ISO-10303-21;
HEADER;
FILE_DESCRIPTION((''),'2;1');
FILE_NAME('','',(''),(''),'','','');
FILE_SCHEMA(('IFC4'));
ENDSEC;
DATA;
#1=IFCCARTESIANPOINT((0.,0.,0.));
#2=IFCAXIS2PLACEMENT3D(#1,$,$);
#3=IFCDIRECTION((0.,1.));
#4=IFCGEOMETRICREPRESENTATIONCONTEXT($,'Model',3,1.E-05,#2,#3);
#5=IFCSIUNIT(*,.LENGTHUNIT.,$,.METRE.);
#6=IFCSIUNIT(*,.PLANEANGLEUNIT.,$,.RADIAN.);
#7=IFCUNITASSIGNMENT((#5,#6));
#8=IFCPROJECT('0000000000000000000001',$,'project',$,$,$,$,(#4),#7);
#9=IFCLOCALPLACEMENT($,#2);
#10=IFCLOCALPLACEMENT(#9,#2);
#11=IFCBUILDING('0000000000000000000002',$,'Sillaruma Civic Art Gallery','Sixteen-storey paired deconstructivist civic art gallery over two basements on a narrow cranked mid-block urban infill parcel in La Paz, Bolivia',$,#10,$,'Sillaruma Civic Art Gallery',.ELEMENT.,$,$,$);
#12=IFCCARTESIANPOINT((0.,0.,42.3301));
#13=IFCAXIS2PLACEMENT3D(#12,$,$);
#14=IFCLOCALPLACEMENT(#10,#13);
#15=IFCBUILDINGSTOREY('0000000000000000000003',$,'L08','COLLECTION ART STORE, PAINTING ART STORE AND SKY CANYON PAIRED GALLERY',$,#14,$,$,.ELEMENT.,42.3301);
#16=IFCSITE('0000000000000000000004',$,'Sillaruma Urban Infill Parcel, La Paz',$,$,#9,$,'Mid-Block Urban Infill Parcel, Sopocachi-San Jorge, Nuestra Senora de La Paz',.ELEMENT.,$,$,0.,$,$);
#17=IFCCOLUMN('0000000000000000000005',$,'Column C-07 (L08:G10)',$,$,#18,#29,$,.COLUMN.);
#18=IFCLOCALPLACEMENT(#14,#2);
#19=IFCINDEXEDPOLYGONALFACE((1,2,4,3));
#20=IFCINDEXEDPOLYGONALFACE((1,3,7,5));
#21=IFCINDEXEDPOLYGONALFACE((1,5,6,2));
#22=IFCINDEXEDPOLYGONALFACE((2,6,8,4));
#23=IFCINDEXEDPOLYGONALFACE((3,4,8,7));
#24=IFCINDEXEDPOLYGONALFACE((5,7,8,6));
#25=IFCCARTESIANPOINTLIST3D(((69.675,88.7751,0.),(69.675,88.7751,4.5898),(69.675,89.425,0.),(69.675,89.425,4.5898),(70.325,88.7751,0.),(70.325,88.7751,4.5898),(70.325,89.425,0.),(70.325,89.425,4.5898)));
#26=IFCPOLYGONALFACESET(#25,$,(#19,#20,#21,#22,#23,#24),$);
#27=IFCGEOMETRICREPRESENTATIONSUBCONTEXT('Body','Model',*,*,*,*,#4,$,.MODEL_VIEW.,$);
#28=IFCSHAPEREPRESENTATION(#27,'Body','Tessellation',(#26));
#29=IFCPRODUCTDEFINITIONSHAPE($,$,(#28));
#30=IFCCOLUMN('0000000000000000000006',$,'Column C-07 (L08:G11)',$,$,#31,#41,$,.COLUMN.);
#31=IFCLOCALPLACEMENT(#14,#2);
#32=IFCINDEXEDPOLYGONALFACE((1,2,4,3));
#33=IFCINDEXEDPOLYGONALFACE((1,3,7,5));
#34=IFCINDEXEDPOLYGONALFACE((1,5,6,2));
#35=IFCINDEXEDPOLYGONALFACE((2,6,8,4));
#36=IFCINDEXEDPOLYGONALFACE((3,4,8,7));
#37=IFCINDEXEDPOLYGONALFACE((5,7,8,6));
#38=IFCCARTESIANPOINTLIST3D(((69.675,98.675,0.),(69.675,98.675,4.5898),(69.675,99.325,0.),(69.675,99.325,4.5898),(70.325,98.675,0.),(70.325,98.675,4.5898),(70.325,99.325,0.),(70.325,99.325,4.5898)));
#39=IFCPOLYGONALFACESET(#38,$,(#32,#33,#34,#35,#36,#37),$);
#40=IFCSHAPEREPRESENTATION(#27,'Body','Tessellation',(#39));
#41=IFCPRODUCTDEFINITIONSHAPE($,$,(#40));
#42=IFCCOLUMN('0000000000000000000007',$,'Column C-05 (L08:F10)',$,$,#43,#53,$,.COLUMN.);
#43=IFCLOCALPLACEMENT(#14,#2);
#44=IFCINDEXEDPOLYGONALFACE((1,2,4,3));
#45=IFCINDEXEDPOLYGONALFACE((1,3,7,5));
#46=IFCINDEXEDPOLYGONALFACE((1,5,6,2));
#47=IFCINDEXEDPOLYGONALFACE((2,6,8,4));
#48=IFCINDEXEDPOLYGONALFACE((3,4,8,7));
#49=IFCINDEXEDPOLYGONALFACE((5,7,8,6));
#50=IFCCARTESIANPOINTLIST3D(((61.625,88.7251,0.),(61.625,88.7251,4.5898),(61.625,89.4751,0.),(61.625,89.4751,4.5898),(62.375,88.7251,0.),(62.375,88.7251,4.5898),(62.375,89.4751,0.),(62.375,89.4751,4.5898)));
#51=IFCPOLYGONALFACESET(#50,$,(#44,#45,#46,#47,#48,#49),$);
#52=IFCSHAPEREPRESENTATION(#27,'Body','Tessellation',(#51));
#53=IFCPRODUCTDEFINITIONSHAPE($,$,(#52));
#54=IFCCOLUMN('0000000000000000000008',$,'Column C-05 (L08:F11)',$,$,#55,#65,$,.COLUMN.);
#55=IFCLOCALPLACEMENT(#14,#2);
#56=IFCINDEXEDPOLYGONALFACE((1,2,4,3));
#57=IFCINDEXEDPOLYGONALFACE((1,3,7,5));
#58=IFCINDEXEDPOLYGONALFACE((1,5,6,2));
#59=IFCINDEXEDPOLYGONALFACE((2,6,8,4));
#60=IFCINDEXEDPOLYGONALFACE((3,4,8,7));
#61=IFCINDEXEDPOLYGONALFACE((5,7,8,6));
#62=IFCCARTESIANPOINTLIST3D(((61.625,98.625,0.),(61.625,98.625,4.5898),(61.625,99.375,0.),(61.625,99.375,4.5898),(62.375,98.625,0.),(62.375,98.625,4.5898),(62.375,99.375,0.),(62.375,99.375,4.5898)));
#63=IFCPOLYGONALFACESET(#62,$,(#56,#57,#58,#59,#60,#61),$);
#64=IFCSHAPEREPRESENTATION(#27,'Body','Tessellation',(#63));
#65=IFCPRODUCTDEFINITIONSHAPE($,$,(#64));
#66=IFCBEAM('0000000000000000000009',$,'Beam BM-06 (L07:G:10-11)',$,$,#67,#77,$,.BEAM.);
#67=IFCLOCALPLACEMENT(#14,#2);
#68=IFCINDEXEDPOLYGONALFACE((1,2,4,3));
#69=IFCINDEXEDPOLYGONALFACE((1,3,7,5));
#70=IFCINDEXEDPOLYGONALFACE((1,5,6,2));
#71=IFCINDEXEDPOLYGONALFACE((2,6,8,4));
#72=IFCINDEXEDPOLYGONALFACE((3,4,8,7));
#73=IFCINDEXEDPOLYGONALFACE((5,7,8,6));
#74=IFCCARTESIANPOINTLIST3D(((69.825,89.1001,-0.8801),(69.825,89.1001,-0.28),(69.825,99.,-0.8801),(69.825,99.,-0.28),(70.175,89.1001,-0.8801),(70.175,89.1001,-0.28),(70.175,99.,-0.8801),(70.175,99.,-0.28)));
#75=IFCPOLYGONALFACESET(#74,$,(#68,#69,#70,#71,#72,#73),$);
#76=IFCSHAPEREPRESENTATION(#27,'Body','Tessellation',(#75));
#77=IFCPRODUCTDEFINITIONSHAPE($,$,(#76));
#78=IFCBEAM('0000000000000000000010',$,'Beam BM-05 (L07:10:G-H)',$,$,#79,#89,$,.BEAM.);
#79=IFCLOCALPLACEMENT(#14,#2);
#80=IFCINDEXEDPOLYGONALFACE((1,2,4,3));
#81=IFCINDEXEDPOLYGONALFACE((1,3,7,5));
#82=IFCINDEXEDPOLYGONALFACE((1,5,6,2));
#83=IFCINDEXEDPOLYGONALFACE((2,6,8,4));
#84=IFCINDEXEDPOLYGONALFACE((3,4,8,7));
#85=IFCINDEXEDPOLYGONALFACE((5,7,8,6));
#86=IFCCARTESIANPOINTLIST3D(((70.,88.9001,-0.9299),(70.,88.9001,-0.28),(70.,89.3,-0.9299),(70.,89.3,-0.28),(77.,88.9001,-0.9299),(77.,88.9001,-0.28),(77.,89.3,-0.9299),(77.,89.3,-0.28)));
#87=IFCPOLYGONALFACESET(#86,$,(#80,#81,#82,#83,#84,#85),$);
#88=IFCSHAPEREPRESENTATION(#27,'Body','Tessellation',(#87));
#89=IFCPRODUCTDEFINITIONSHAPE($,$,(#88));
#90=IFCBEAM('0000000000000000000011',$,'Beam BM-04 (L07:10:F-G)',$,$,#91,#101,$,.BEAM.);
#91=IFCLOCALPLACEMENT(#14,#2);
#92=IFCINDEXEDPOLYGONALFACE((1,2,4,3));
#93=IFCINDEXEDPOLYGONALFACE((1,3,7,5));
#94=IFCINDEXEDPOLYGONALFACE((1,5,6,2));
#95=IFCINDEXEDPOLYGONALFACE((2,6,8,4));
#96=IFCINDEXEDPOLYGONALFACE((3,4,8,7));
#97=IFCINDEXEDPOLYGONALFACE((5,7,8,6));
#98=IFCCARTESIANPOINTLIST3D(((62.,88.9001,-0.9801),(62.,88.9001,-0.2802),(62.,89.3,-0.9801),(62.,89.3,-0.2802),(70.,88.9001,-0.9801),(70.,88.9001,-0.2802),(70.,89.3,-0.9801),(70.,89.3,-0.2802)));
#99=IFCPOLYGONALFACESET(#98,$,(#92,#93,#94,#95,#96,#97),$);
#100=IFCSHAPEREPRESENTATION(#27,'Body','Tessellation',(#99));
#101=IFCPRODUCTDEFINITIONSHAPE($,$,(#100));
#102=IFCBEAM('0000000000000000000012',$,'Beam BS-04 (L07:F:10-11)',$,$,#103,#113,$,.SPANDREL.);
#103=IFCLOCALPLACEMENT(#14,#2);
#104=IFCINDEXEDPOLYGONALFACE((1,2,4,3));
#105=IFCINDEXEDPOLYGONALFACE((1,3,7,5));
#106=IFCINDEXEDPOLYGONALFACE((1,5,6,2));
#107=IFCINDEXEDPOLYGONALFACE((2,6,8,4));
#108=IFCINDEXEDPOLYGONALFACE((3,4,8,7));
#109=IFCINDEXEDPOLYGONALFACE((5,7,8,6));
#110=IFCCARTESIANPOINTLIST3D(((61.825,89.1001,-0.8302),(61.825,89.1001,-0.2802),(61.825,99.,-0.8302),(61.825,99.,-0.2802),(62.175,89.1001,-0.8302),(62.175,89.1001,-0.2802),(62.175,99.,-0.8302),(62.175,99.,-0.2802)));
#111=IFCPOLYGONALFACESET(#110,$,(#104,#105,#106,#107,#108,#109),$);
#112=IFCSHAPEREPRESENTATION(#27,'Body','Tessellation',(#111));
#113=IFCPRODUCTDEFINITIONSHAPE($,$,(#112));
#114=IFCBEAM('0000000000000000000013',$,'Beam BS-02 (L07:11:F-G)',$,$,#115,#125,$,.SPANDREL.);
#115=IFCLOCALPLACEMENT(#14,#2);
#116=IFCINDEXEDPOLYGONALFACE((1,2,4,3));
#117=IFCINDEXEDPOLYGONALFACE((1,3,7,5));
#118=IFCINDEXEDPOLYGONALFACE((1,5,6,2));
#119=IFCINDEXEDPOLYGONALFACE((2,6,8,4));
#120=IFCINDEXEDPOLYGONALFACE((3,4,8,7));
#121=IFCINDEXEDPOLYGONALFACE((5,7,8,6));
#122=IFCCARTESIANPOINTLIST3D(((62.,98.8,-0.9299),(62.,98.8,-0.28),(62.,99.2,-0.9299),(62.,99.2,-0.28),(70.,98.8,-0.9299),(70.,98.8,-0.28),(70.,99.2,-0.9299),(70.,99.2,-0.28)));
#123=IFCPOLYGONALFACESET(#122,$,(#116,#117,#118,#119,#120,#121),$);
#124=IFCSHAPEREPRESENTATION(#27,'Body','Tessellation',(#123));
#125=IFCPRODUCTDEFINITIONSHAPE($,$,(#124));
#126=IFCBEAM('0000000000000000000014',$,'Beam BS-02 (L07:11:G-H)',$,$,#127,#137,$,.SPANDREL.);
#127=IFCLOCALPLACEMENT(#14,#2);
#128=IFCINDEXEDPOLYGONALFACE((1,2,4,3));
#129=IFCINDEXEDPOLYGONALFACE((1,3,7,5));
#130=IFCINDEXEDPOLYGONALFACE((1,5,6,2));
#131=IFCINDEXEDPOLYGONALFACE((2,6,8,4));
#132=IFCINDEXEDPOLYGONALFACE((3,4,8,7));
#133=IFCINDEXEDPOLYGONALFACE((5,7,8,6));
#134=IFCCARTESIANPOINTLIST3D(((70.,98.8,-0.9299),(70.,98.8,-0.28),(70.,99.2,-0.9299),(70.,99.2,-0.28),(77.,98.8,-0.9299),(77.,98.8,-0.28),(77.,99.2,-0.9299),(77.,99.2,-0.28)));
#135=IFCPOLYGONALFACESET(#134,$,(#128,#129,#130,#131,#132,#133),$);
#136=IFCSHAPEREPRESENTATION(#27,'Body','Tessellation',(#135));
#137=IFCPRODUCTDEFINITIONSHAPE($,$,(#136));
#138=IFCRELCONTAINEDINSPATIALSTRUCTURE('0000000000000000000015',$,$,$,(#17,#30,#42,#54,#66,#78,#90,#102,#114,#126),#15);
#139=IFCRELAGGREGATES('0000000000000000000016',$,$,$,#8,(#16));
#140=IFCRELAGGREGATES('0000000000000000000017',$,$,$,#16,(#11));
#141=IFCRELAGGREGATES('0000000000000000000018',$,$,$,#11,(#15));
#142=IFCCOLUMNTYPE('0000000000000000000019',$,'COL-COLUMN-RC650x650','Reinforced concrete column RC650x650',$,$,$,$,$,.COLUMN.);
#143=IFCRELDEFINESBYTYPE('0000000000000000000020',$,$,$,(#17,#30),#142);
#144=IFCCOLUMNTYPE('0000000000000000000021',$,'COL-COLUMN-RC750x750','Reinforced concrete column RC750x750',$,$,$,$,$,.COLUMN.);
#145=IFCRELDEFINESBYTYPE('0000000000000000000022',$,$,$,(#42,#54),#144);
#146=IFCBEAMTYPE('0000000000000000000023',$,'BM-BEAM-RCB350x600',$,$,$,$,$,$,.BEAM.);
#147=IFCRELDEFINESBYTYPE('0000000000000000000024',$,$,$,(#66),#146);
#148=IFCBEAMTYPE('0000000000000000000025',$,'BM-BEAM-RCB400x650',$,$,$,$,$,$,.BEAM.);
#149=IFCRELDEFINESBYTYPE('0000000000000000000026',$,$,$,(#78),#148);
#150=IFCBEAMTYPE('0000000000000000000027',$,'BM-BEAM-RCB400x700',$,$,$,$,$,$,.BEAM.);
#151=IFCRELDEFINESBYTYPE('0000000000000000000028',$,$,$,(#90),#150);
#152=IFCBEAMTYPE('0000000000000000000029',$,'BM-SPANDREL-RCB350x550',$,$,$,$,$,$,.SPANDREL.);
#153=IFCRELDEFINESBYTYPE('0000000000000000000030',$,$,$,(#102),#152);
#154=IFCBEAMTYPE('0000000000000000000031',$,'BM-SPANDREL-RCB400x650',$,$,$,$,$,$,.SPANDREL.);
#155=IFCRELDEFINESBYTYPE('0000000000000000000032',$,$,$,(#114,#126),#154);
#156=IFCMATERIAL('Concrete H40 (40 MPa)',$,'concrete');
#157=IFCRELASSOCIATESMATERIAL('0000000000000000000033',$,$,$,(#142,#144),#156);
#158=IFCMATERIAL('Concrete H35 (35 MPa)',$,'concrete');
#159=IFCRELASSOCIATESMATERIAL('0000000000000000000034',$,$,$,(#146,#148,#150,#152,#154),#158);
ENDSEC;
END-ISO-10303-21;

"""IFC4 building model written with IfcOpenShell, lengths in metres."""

from ifc_helpers import new_model, si_unit, direction, frame, origin, origin_2d, place, context, subcontext, project, spatial, rectangle, extrude, material, material_profile, profile_set, type_object, element, save


model = new_model("IFC4")

# Units and contexts
model_context = context("Model", 3, precision=1e-05, world=origin(), true_north=direction((0.0, 1.0)))
body_context = subcontext(model_context, "Body", "Model", "MODEL_VIEW")
ifc_project = project(units=[si_unit("LENGTHUNIT", "METRE"), si_unit("PLANEANGLEUNIT", "RADIAN")], contexts=[model_context])

# Site, building, storey
site_placement = place(None, origin())
site = spatial("IfcSite", under=ifc_project, at=site_placement, Name="Sillaruma Urban Infill Parcel, La Paz", LongName="Mid-Block Urban Infill Parcel, Sopocachi-San Jorge, Nuestra Senora de La Paz", CompositionType="ELEMENT", RefElevation=0.0)
building_placement = place(site_placement, origin())
building = spatial("IfcBuilding", under=site, at=building_placement, Name="Sillaruma Civic Art Gallery", Description="Sixteen-storey paired deconstructivist civic art gallery over two basements on a narrow cranked mid-block urban infill parcel in La Paz, Bolivia", LongName="Sillaruma Civic Art Gallery", CompositionType="ELEMENT")
storey_placement = place(building_placement, frame((0.0, 0.0, 42.3301)))
storey = spatial("IfcBuildingStorey", under=building, at=storey_placement, Name="L08", Description="COLLECTION ART STORE, PAINTING ART STORE AND SKY CANYON PAIRED GALLERY", CompositionType="ELEMENT", Elevation=42.3301)

# Columns
ifc_material_1 = material(Name="Concrete H40 (40 MPa)", Category="concrete")
ifc_material_profile_1 = material_profile(ifc_material_1, rectangle(XDim=0.6499, YDim=0.6499, at=origin_2d()), Name="RC650x650")
ifc_profile_set_1 = profile_set([ifc_material_profile_1], Name="Concrete H40 (40 MPa)")
column_type_1 = type_object("IfcColumnType", Name="COL-COLUMN-RC650x650", Description="Reinforced concrete column RC650x650", PredefinedType="COLUMN", material=ifc_profile_set_1)
for number, where, z_axis, x_axis, name in (
    (1, (70.0, 89.1001, 0.0), (0.0, 0.0, 1.0), (1.0, 0.0, 0.0), "Column C-07 (L08:G10)"),
    (2, (70.0, 99.0, 0.0), (0.0, 0.0, 1.0), (1.0, 0.0, 0.0), "Column C-07 (L08:G11)"),
):
    element("IfcColumn", number, at=place(storey_placement, frame(where, z_axis=z_axis, x_axis=x_axis)), inside=storey, type_object=column_type_1, Name=name, PredefinedType="COLUMN", context=body_context, shape_type="SweptSolid", body=[
        extrude(rectangle(XDim=0.6499, YDim=0.6499, at=origin_2d()), origin(), (0.0, 0.0, 1.0), 4.5898),
    ])
ifc_material_profile_2 = material_profile(ifc_material_1, rectangle(XDim=0.75, YDim=0.75, at=origin_2d()), Name="RC750x750")
ifc_profile_set_2 = profile_set([ifc_material_profile_2], Name="Concrete H40 (40 MPa)")
column_type_2 = type_object("IfcColumnType", Name="COL-COLUMN-RC750x750", Description="Reinforced concrete column RC750x750", PredefinedType="COLUMN", material=ifc_profile_set_2)
for number, where, z_axis, x_axis, name in (
    (3, (62.0, 89.1001, 0.0), (0.0, 0.0, 1.0), (1.0, 0.0, 0.0), "Column C-05 (L08:F10)"),
    (4, (62.0, 99.0, 0.0), (0.0, 0.0, 1.0), (1.0, 0.0, 0.0), "Column C-05 (L08:F11)"),
):
    element("IfcColumn", number, at=place(storey_placement, frame(where, z_axis=z_axis, x_axis=x_axis)), inside=storey, type_object=column_type_2, Name=name, PredefinedType="COLUMN", context=body_context, shape_type="SweptSolid", body=[
        extrude(rectangle(XDim=0.75, YDim=0.75, at=origin_2d()), origin(), (0.0, 0.0, 1.0), 4.5898),
    ])

# Beams
ifc_material_2 = material(Name="Concrete H35 (35 MPa)", Category="concrete")
ifc_material_profile_3 = material_profile(ifc_material_2, rectangle(XDim=0.3501, YDim=0.6001, at=origin_2d()), Name="RCB350x600")
ifc_profile_set_3 = profile_set([ifc_material_profile_3], Name="Concrete H35 (35 MPa)")
beam_type_1 = type_object("IfcBeamType", Name="BM-BEAM-RCB350x600", PredefinedType="BEAM", material=ifc_profile_set_3)
beam_1_placement = place(storey_placement, frame((70.0, 89.1001, -0.5801), z_axis=(0.0, 1.0, 0.0), x_axis=(-1.0, 0.0, 0.0)))
element("IfcBeam", 5, at=beam_1_placement, inside=storey, type_object=beam_type_1, Name="Beam BM-06 (L07:G:10-11)", PredefinedType="BEAM", context=body_context, shape_type="SweptSolid", body=[
    extrude(rectangle(XDim=0.3501, YDim=0.6001, at=origin_2d()), origin(), (0.0, 0.0, 1.0), 9.8999),
])
ifc_material_profile_4 = material_profile(ifc_material_2, rectangle(XDim=0.3999, YDim=0.6499, at=origin_2d()), Name="RCB400x650")
ifc_profile_set_4 = profile_set([ifc_material_profile_4], Name="Concrete H35 (35 MPa)")
beam_type_2 = type_object("IfcBeamType", Name="BM-BEAM-RCB400x650", PredefinedType="BEAM", material=ifc_profile_set_4)
beam_2_placement = place(storey_placement, frame((70.0, 89.1001, -0.605), z_axis=(1.0, 0.0, 0.0), x_axis=(0.0, 1.0, 0.0)))
element("IfcBeam", 6, at=beam_2_placement, inside=storey, type_object=beam_type_2, Name="Beam BM-05 (L07:10:G-H)", PredefinedType="BEAM", context=body_context, shape_type="SweptSolid", body=[
    extrude(rectangle(XDim=0.3999, YDim=0.6499, at=origin_2d()), origin(), (0.0, 0.0, 1.0), 7.0),
])
ifc_material_profile_5 = material_profile(ifc_material_2, rectangle(XDim=0.3999, YDim=0.7, at=origin_2d()), Name="RCB400x700")
ifc_profile_set_5 = profile_set([ifc_material_profile_5], Name="Concrete H35 (35 MPa)")
beam_type_3 = type_object("IfcBeamType", Name="BM-BEAM-RCB400x700", PredefinedType="BEAM", material=ifc_profile_set_5)
beam_3_placement = place(storey_placement, frame((62.0, 89.1001, -0.6301), z_axis=(1.0, 0.0, 0.0), x_axis=(0.0, 1.0, 0.0)))
element("IfcBeam", 7, at=beam_3_placement, inside=storey, type_object=beam_type_3, Name="Beam BM-04 (L07:10:F-G)", PredefinedType="BEAM", context=body_context, shape_type="SweptSolid", body=[
    extrude(rectangle(XDim=0.3999, YDim=0.7, at=origin_2d()), origin(), (0.0, 0.0, 1.0), 8.0),
])
ifc_material_profile_6 = material_profile(ifc_material_2, rectangle(XDim=0.3501, YDim=0.55, at=origin_2d()), Name="RCB350x550")
ifc_profile_set_6 = profile_set([ifc_material_profile_6], Name="Concrete H35 (35 MPa)")
beam_type_4 = type_object("IfcBeamType", Name="BM-SPANDREL-RCB350x550", PredefinedType="SPANDREL", material=ifc_profile_set_6)
beam_4_placement = place(storey_placement, frame((62.0, 89.1001, -0.5552), z_axis=(0.0, 1.0, 0.0), x_axis=(-1.0, 0.0, 0.0)))
element("IfcBeam", 8, at=beam_4_placement, inside=storey, type_object=beam_type_4, Name="Beam BS-04 (L07:F:10-11)", PredefinedType="SPANDREL", context=body_context, shape_type="SweptSolid", body=[
    extrude(rectangle(XDim=0.3501, YDim=0.55, at=origin_2d()), origin(), (0.0, 0.0, 1.0), 9.8999),
])
ifc_material_profile_7 = material_profile(ifc_material_2, rectangle(XDim=0.3999, YDim=0.6499, at=origin_2d()), Name="RCB400x650")
ifc_profile_set_7 = profile_set([ifc_material_profile_7], Name="Concrete H35 (35 MPa)")
beam_type_5 = type_object("IfcBeamType", Name="BM-SPANDREL-RCB400x650", PredefinedType="SPANDREL", material=ifc_profile_set_7)
beam_5_placement = place(storey_placement, frame((62.0, 99.0, -0.605), z_axis=(1.0, 0.0, 0.0), x_axis=(0.0, 1.0, 0.0)))
element("IfcBeam", 9, at=beam_5_placement, inside=storey, type_object=beam_type_5, Name="Beam BS-02 (L07:11:F-G)", PredefinedType="SPANDREL", context=body_context, shape_type="SweptSolid", body=[
    extrude(rectangle(XDim=0.3999, YDim=0.6499, at=origin_2d()), origin(), (0.0, 0.0, 1.0), 8.0),
])
beam_6_placement = place(storey_placement, frame((70.0, 99.0, -0.605), z_axis=(1.0, 0.0, 0.0), x_axis=(0.0, 1.0, 0.0)))
element("IfcBeam", 10, at=beam_6_placement, inside=storey, type_object=beam_type_5, Name="Beam BS-02 (L07:11:G-H)", PredefinedType="SPANDREL", context=body_context, shape_type="SweptSolid", body=[
    extrude(rectangle(XDim=0.3999, YDim=0.6499, at=origin_2d()), origin(), (0.0, 0.0, 1.0), 7.0),
])

save(model, "model.ifc")
